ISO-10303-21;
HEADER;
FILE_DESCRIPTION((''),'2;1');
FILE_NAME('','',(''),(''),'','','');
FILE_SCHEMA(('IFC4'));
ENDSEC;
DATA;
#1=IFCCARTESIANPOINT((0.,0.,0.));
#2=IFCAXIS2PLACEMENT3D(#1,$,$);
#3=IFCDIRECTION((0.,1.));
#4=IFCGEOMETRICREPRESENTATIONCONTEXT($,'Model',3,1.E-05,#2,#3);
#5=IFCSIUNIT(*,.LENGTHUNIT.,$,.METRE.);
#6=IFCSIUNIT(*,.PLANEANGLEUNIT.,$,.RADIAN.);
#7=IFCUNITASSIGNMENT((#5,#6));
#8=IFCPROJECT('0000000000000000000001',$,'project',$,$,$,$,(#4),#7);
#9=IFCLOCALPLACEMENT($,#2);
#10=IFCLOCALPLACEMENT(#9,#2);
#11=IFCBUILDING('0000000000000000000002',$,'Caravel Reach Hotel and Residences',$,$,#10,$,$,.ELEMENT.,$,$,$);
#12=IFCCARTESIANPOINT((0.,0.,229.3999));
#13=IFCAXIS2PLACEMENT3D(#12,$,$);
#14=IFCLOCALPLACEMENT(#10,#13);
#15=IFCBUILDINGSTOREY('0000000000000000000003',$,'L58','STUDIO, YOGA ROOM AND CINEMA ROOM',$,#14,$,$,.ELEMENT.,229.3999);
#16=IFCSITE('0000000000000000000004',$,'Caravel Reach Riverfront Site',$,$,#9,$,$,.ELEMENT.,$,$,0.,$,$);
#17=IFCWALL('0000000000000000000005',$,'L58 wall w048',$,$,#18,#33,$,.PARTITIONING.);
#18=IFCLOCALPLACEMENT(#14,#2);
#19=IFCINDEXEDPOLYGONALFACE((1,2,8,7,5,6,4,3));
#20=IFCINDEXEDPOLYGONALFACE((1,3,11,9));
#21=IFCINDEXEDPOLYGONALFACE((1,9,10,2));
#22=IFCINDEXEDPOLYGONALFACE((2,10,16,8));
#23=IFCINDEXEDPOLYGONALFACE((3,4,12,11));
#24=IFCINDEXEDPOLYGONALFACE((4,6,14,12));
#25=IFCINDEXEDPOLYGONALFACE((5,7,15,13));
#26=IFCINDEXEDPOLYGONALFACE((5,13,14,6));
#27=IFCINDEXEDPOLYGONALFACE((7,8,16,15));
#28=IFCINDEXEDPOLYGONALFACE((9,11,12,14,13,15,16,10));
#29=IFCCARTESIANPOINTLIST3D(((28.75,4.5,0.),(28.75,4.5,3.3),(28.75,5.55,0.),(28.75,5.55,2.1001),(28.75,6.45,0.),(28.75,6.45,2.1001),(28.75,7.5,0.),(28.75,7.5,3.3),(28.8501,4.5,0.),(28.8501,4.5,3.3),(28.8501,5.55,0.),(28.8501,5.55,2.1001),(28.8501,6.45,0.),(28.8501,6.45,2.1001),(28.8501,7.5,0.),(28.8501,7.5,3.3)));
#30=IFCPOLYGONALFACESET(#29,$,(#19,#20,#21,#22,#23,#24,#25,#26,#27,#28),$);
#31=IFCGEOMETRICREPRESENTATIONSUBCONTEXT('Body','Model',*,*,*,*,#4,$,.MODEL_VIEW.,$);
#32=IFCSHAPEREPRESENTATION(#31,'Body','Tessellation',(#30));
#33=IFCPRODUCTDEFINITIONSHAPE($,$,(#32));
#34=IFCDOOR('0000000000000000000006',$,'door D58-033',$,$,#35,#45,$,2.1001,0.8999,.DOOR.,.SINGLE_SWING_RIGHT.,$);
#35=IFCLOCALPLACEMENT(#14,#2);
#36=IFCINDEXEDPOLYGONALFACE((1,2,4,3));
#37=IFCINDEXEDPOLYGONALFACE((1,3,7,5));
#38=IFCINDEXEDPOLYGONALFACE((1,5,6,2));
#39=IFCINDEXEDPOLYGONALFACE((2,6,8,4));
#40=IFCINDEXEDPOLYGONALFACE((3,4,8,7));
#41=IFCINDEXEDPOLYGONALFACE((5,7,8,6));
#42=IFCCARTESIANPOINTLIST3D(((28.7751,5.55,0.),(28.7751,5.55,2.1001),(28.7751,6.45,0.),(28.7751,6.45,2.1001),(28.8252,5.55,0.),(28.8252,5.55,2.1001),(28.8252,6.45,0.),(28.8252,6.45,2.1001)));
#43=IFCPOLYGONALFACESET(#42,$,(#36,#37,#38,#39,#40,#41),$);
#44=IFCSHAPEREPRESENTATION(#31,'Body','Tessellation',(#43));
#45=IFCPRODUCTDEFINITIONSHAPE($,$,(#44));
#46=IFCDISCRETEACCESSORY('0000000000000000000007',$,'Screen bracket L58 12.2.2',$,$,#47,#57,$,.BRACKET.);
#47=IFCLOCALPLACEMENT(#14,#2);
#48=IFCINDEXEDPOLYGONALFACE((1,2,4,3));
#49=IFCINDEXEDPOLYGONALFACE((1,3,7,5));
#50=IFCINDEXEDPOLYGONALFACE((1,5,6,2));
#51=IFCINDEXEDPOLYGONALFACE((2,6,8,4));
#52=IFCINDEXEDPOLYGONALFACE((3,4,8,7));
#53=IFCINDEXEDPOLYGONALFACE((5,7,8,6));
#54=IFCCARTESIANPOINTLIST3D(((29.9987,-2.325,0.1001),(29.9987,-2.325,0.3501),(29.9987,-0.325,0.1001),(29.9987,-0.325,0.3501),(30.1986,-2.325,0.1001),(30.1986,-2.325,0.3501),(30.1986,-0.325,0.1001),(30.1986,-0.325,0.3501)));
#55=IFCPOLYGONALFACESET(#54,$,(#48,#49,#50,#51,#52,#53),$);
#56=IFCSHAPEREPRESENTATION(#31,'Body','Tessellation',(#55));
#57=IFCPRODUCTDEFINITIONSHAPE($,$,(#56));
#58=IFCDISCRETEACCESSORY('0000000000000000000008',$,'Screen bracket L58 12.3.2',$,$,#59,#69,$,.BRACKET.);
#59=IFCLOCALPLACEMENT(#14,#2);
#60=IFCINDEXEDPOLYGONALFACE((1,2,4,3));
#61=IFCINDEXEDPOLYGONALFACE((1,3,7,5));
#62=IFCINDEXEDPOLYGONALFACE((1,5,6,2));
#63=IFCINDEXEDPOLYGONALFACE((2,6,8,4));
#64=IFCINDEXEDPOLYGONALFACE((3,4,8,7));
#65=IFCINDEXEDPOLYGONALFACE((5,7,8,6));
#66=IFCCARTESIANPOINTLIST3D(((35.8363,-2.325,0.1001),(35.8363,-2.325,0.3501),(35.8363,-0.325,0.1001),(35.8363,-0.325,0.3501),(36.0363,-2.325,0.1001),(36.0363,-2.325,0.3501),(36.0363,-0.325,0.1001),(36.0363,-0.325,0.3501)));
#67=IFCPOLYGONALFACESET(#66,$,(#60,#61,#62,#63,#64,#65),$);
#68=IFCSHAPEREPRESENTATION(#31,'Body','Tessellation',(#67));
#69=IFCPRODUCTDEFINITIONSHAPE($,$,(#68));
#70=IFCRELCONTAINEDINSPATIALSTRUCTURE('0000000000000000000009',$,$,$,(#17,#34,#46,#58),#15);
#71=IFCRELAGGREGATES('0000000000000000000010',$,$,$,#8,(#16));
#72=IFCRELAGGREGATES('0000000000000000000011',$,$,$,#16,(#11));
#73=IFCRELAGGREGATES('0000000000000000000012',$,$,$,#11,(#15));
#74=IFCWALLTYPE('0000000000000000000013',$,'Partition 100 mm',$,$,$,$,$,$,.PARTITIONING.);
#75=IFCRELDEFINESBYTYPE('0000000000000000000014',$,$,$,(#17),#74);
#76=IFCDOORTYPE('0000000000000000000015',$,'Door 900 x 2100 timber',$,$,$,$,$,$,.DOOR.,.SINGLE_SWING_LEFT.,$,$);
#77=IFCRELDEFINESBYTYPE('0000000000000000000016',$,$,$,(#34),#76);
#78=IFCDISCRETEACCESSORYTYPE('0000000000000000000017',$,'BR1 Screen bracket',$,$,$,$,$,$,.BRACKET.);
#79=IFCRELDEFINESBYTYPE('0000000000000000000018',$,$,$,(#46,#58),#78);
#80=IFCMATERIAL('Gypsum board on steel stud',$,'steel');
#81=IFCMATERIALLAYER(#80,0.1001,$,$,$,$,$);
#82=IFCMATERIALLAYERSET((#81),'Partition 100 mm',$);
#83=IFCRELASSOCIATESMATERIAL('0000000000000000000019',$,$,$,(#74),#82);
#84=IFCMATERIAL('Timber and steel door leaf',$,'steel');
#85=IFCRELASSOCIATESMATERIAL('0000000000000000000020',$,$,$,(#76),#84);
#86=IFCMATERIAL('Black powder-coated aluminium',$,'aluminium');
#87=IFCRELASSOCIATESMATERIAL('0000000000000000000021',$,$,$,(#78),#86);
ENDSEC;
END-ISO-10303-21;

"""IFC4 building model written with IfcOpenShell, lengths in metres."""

from ifc_helpers import new_model, si_unit, direction, frame, frame_2d, origin, origin_2d, place, context, subcontext, project, spatial, rectangle, extrude, material, layer, layer_set, type_object, element, fill, save


model = new_model("IFC4")

# Units and contexts
model_context = context("Model", 3, precision=1e-05, world=origin(), true_north=direction((0.0, 1.0)))
body_context = subcontext(model_context, "Body", "Model", "MODEL_VIEW")
ifc_project = project(units=[si_unit("LENGTHUNIT", "METRE"), si_unit("PLANEANGLEUNIT", "RADIAN")], contexts=[model_context])

# Site, building, storey
site_placement = place(None, origin())
site = spatial("IfcSite", under=ifc_project, at=site_placement, Name="Caravel Reach Riverfront Site", CompositionType="ELEMENT", RefElevation=0.0)
building_placement = place(site_placement, origin())
building = spatial("IfcBuilding", under=site, at=building_placement, Name="Caravel Reach Hotel and Residences", CompositionType="ELEMENT")
storey_placement = place(building_placement, frame((0.0, 0.0, 229.3999)))
storey = spatial("IfcBuildingStorey", under=building, at=storey_placement, Name="L58", Description="STUDIO, YOGA ROOM AND CINEMA ROOM", CompositionType="ELEMENT", Elevation=229.3999)

# Wall, opening, door
ifc_material_1 = material(Name="Gypsum board on steel stud", Category="steel")
ifc_layer_1 = layer(ifc_material_1, 0.1001)
ifc_layer_set_1 = layer_set([ifc_layer_1], Name="Partition 100 mm")
wall_type_1 = type_object("IfcWallType", Name="Partition 100 mm", PredefinedType="PARTITIONING", material=ifc_layer_set_1)
wall_1_placement = place(storey_placement, frame((28.8, 4.5, 0.0), z_axis=(0.0, 0.0, 1.0), x_axis=(0.0, 1.0, 0.0)))
wall_1 = element("IfcWall", 1, at=wall_1_placement, inside=storey, type_object=wall_type_1, Name="L58 wall w048", PredefinedType="PARTITIONING", context=body_context, shape_type="SweptSolid", body=[
    extrude(rectangle(XDim=3.0, YDim=0.1001, at=frame_2d((1.5, 0.0))), origin(), (0.0, 0.0, 1.0), 3.3),
])
opening_1_placement = place(wall_1_placement, frame((1.05, 0.0, 0.0)))
opening_1 = element("IfcOpeningElement", 2, at=opening_1_placement, cuts=wall_1, PredefinedType="OPENING", context=body_context, shape_type="SweptSolid", body=[
    extrude(rectangle(XDim=0.8999, YDim=2.1001, at=frame_2d((0.45, 1.05))), frame((0.0, 0.0601, 0.0), z_axis=(0.0, -1.0, 0.0), x_axis=(1.0, 0.0, 0.0)), (0.0, 0.0, 1.0), 0.1201),
])
ifc_material_2 = material(Name="Timber and steel door leaf", Category="steel")
door_type_1 = type_object("IfcDoorType", Name="Door 900 x 2100 timber", OperationType="SINGLE_SWING_LEFT", PredefinedType="DOOR", material=ifc_material_2)
door_1_placement = place(opening_1_placement, origin())
door_1 = element("IfcDoor", 3, at=door_1_placement, inside=storey, type_object=door_type_1, Name="door D58-033", OperationType="SINGLE_SWING_RIGHT", OverallHeight=2.1001, OverallWidth=0.8999, PredefinedType="DOOR", context=body_context, shape_type="SweptSolid", body=[
    extrude(rectangle(XDim=0.8999, YDim=2.1001, at=frame_2d((0.45, 1.05))), frame((0.0, 0.0249, 0.0), z_axis=(0.0, -1.0, 0.0), x_axis=(1.0, 0.0, 0.0)), (0.0, 0.0, 1.0), 0.05),
])
fill(opening_1, door_1)

# Discrete accessories
ifc_material_3 = material(Name="Black powder-coated aluminium", Category="aluminium")
discrete_accessory_type = type_object("IfcDiscreteAccessoryType", Name="BR1 Screen bracket", PredefinedType="BRACKET", material=ifc_material_3)
for number, where, z_axis, x_axis, name in (
    (4, (30.0986, -1.325, 0.1001), (0.0, 0.0, 1.0), (0.0, -1.0, 0.0), "Screen bracket L58 12.2.2"),
    (5, (35.9363, -1.325, 0.1001), (0.0, 0.0, 1.0), (0.0, -1.0, 0.0), "Screen bracket L58 12.3.2"),
):
    element("IfcDiscreteAccessory", number, at=place(storey_placement, frame(where, z_axis=z_axis, x_axis=x_axis)), inside=storey, type_object=discrete_accessory_type, Name=name, PredefinedType="BRACKET", context=body_context, shape_type="SweptSolid", body=[
        extrude(rectangle(XDim=2.0, YDim=0.2, at=origin_2d()), origin(), (0.0, 0.0, 1.0), 0.25),
    ])

save(model, "model.ifc")
